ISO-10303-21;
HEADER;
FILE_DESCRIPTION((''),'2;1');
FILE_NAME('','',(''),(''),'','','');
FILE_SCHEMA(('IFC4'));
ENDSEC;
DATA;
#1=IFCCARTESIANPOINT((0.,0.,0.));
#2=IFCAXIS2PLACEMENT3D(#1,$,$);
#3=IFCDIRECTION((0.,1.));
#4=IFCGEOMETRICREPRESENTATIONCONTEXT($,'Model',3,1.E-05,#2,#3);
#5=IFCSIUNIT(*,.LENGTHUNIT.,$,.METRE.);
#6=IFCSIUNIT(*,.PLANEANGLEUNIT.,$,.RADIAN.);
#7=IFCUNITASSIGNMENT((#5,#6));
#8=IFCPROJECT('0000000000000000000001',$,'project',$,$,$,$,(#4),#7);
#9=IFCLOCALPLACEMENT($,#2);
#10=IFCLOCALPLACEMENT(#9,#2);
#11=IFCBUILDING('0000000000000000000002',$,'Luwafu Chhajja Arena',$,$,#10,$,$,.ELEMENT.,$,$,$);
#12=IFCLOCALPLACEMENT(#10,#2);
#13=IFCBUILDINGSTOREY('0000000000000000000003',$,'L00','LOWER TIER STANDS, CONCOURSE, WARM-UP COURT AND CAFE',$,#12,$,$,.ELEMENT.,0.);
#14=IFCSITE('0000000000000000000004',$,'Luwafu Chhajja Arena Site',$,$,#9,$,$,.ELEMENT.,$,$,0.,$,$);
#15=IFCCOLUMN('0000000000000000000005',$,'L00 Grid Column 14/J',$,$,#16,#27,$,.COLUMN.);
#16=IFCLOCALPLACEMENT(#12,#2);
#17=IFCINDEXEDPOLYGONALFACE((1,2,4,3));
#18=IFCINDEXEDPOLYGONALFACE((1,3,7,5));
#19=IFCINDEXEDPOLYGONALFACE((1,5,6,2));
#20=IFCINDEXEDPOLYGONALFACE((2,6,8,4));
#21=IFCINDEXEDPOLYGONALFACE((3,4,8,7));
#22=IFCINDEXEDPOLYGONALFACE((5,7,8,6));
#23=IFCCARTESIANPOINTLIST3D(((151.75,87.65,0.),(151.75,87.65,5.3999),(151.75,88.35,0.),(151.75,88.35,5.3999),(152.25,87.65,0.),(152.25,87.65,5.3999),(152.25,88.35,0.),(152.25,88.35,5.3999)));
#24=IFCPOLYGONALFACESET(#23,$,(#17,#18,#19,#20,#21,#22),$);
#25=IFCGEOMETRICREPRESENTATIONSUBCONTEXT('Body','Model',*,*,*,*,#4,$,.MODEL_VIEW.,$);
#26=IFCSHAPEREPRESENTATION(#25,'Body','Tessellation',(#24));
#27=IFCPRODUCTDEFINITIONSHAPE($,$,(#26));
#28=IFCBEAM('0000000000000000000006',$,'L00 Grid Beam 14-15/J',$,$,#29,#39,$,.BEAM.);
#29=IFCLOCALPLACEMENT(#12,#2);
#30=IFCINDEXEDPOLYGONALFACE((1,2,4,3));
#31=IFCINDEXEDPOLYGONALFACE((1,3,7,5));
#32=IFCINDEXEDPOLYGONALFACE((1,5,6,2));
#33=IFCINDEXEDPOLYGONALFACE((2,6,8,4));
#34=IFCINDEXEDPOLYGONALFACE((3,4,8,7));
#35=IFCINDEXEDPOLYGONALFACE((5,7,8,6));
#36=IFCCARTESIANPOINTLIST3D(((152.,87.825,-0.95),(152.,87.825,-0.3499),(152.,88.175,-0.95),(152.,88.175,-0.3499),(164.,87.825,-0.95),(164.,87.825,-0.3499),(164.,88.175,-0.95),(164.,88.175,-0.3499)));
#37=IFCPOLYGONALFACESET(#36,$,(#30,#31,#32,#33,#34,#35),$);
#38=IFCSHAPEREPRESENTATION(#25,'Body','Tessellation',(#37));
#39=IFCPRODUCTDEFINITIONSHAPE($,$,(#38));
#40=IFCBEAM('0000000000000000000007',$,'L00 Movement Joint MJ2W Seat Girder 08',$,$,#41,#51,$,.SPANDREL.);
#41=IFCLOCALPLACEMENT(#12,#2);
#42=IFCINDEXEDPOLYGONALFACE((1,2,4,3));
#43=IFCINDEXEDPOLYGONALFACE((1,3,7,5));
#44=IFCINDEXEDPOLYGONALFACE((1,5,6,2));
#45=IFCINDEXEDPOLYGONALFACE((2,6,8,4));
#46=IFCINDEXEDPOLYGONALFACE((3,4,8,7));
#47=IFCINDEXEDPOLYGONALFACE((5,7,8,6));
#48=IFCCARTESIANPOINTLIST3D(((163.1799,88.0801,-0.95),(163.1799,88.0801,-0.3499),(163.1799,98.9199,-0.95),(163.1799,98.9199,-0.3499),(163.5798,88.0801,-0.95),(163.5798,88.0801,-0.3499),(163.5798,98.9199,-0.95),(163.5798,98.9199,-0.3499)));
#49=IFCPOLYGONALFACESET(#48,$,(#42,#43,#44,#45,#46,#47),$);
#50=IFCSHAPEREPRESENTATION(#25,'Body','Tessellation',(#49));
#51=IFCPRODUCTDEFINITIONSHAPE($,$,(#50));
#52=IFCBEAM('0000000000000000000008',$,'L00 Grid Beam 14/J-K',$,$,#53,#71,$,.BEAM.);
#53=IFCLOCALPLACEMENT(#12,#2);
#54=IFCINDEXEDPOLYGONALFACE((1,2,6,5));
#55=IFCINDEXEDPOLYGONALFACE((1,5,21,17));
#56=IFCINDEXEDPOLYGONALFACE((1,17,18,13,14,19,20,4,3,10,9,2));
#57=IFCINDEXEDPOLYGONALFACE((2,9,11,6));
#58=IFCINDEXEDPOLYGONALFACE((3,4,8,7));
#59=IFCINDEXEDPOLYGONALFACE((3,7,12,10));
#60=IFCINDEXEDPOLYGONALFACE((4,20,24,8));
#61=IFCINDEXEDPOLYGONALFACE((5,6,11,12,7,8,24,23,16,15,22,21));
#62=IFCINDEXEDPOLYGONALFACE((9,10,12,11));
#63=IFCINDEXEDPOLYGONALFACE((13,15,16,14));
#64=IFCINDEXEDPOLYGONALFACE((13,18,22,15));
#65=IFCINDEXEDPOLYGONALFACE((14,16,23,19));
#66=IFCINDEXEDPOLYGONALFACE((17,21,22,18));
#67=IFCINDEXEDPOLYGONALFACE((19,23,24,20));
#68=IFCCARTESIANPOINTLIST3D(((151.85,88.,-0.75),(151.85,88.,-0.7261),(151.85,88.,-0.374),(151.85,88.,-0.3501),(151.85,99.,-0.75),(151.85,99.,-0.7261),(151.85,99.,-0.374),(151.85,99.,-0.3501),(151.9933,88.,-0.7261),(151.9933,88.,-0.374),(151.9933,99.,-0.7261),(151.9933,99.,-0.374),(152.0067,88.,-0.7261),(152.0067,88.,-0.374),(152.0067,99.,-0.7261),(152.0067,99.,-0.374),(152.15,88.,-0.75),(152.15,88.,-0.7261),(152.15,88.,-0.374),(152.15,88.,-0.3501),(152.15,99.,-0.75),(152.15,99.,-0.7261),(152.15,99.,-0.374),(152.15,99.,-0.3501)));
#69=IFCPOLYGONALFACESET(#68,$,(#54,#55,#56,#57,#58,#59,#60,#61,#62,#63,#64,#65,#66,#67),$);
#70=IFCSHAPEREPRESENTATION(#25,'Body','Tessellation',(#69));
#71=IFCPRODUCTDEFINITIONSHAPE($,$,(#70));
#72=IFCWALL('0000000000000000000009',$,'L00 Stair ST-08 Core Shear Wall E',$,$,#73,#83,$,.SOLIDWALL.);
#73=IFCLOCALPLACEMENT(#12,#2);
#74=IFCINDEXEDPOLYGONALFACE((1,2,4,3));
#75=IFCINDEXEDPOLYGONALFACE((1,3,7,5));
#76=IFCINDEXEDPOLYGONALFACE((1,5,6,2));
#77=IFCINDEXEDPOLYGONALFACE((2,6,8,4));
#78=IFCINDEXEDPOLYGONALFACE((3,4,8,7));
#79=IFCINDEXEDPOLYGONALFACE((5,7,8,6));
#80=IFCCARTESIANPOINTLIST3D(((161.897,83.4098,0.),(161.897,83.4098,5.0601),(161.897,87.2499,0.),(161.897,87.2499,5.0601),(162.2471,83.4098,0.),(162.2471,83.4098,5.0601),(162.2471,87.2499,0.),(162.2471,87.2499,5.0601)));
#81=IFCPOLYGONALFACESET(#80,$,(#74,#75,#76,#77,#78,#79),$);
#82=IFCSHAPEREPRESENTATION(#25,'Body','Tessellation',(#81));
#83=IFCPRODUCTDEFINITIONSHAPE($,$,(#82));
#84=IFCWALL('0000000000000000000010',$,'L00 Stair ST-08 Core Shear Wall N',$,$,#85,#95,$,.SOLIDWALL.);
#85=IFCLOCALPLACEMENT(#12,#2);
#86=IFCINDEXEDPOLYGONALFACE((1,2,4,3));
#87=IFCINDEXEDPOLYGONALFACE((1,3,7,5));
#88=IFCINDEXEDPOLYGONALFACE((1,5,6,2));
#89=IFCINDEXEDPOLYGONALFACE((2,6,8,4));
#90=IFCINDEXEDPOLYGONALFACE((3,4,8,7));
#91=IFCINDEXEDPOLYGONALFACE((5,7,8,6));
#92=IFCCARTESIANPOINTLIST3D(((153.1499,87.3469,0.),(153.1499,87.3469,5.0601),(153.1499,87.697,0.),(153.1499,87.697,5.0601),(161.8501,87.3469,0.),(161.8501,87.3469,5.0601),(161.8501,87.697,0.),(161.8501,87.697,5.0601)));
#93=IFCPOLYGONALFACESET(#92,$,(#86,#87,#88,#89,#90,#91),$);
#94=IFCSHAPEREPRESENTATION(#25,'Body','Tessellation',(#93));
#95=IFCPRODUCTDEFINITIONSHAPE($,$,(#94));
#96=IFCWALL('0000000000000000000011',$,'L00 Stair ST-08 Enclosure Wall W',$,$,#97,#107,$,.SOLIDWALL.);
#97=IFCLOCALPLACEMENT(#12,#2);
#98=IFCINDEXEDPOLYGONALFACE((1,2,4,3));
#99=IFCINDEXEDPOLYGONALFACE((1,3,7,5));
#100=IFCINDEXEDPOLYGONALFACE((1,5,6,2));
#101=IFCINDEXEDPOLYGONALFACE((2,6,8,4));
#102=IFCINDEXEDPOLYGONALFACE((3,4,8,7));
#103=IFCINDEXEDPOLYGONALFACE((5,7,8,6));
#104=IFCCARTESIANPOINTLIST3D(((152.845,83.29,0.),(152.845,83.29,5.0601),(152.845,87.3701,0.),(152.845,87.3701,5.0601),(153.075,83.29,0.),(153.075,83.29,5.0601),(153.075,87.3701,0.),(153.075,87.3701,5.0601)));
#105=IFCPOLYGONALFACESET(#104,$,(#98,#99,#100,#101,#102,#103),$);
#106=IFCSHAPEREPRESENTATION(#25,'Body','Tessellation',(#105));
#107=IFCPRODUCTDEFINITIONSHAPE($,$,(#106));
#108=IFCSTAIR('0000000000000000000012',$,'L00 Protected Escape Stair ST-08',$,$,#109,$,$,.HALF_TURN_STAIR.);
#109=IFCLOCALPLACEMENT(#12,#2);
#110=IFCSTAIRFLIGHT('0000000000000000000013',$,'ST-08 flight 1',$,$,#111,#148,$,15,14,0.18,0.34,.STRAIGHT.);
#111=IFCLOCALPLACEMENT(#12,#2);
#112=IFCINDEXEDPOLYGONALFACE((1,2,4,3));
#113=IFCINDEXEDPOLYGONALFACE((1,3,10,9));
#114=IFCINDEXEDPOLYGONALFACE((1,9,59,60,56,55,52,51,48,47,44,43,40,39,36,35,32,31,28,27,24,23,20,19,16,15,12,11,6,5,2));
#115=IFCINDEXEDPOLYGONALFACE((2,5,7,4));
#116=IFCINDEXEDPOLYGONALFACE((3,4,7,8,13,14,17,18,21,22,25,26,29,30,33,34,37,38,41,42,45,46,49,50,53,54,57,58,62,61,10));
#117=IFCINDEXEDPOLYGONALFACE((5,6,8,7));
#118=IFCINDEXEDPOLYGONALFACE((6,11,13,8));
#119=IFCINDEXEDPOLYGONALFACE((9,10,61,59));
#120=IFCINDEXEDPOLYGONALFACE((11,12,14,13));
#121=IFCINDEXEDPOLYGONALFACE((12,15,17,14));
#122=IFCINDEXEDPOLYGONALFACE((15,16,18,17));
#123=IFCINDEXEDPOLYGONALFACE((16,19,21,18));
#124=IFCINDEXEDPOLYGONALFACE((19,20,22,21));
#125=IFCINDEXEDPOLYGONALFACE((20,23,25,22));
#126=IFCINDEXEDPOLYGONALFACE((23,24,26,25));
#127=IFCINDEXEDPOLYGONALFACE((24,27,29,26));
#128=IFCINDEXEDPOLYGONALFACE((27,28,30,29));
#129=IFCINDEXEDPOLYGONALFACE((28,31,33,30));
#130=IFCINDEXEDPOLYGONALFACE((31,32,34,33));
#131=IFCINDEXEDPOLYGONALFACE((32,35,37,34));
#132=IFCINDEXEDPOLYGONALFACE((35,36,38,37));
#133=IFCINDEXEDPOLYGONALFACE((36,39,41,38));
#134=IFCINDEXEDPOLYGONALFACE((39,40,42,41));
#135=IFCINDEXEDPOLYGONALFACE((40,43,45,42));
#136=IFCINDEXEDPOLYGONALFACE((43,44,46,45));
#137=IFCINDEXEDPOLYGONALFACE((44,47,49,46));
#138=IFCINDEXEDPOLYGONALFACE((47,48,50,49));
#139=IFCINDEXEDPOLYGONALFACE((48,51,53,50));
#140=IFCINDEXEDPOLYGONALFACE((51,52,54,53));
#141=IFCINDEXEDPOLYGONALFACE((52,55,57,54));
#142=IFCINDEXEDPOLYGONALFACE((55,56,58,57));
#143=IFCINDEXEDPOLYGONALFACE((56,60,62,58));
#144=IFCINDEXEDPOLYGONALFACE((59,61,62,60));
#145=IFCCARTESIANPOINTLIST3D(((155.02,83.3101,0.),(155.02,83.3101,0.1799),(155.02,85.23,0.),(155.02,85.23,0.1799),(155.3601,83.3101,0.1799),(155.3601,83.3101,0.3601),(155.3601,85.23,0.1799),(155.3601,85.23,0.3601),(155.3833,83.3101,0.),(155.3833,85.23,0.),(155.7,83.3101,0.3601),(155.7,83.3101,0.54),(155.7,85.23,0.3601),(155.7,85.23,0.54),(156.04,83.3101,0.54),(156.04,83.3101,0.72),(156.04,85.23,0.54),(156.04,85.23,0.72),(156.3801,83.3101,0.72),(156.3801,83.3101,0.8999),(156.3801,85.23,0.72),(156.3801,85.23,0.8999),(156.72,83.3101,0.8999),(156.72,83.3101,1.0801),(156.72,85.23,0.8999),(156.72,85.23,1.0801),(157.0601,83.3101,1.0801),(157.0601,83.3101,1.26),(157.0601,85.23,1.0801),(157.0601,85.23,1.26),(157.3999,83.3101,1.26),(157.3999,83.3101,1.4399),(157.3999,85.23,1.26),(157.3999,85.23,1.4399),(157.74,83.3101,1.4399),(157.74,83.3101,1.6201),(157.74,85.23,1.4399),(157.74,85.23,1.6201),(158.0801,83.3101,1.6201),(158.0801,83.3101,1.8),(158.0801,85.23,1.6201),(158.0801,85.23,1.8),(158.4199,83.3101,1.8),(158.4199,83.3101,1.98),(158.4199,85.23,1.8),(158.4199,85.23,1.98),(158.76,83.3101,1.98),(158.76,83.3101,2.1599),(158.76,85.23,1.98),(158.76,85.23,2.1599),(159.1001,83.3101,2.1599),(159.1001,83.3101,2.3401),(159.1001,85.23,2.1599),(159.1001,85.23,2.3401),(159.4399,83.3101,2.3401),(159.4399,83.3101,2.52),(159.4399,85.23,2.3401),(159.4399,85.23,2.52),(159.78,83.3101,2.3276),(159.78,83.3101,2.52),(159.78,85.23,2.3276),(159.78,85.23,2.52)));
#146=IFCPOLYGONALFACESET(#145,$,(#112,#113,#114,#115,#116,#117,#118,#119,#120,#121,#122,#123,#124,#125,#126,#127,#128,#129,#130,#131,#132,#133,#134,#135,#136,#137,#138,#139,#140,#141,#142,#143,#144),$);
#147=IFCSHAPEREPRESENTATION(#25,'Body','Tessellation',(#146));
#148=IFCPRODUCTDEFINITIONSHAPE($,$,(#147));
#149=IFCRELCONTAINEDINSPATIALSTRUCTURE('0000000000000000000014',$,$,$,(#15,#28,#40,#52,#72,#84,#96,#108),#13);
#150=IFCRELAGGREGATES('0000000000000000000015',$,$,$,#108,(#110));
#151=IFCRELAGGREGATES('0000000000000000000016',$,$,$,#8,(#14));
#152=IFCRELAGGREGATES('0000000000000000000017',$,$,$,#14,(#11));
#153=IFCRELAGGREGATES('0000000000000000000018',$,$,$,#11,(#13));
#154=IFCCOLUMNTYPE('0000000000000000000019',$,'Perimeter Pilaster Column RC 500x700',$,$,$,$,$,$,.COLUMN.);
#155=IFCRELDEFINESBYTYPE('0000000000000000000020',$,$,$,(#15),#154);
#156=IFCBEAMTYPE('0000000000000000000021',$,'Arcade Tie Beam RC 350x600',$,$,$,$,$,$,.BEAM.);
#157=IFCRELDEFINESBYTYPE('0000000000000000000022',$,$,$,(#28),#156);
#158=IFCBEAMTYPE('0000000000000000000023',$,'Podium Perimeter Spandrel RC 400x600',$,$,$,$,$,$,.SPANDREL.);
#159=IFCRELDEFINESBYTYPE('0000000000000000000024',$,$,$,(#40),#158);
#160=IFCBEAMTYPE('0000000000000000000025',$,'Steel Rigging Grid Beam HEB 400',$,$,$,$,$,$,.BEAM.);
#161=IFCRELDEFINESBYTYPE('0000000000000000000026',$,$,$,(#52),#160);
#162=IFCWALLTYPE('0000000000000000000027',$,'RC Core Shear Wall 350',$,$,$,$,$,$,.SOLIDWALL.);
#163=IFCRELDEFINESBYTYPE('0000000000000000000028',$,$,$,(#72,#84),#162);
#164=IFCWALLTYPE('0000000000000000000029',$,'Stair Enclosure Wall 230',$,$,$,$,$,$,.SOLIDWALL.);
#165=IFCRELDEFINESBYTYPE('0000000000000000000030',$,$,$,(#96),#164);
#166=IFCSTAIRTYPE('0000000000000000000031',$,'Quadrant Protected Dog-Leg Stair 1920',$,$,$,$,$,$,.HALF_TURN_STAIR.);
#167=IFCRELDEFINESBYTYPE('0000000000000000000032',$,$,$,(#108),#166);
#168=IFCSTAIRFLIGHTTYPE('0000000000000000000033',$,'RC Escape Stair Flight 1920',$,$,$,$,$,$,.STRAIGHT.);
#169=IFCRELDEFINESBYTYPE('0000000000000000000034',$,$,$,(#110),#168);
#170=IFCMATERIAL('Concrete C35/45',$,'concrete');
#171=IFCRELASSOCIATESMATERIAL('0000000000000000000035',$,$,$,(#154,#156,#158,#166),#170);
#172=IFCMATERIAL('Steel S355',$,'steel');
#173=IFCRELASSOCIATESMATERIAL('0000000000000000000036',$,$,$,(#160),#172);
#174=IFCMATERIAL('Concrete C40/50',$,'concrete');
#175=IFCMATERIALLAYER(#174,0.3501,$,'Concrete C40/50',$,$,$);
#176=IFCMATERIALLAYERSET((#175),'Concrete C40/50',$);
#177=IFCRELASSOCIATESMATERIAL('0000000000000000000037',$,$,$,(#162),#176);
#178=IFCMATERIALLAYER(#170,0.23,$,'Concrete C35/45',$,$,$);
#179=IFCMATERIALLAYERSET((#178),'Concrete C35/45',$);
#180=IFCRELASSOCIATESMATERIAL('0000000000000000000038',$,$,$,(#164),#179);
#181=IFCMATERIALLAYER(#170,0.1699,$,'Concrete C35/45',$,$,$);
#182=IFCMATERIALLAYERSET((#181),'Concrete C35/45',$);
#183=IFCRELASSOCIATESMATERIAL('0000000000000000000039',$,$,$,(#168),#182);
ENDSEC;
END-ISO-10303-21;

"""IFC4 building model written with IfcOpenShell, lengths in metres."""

from ifc_helpers import new_model, si_unit, direction, frame, frame_2d, origin, origin_2d, place, context, subcontext, project, spatial, polyline, rectangle, i_section, outline, extrude, material, layer, layer_set, material_profile, profile_set, type_object, element, aggregate, save


model = new_model("IFC4")

# Units and contexts
model_context = context("Model", 3, precision=1e-05, world=origin(), true_north=direction((0.0, 1.0)))
body_context = subcontext(model_context, "Body", "Model", "MODEL_VIEW")
ifc_project = project(units=[si_unit("LENGTHUNIT", "METRE"), si_unit("PLANEANGLEUNIT", "RADIAN")], contexts=[model_context])

# Site, building, storey
site_placement = place(None, origin())
site = spatial("IfcSite", under=ifc_project, at=site_placement, Name="Luwafu Chhajja Arena Site", CompositionType="ELEMENT", RefElevation=0.0)
building_placement = place(site_placement, origin())
building = spatial("IfcBuilding", under=site, at=building_placement, Name="Luwafu Chhajja Arena", CompositionType="ELEMENT")
storey_placement = place(building_placement, origin())
storey = spatial("IfcBuildingStorey", under=building, at=storey_placement, Name="L00", Description="LOWER TIER STANDS, CONCOURSE, WARM-UP COURT AND CAFE", CompositionType="ELEMENT", Elevation=0.0)

# Column
ifc_material_1 = material(Name="Concrete C35/45", Category="concrete")
ifc_material_profile_1 = material_profile(ifc_material_1, rectangle(XDim=0.5, YDim=0.7, at=origin_2d()), Name="RC 500x700")
ifc_profile_set_1 = profile_set([ifc_material_profile_1], Name="Concrete C35/45")
column_type = type_object("IfcColumnType", Name="Perimeter Pilaster Column RC 500x700", PredefinedType="COLUMN", material=ifc_profile_set_1)
column_placement = place(storey_placement, frame((152.0, 88.0, 0.0), z_axis=(0.0, 0.0, 1.0), x_axis=(1.0, 0.0, 0.0)))
element("IfcColumn", 1, at=column_placement, inside=storey, type_object=column_type, Name="L00 Grid Column 14/J", PredefinedType="COLUMN", context=body_context, shape_type="SweptSolid", body=[
    extrude(rectangle(XDim=0.5, YDim=0.7, at=origin_2d()), origin(), (0.0, 0.0, 1.0), 5.3999),
])

# Beams
ifc_material_profile_2 = material_profile(ifc_material_1, rectangle(XDim=0.3501, YDim=0.6001, at=origin_2d()), Name="RC 350x600")
ifc_profile_set_2 = profile_set([ifc_material_profile_2], Name="Concrete C35/45")
beam_type_1 = type_object("IfcBeamType", Name="Arcade Tie Beam RC 350x600", PredefinedType="BEAM", material=ifc_profile_set_2)
beam_1_placement = place(storey_placement, frame((152.0, 88.0, -0.6499), z_axis=(1.0, 0.0, 0.0), x_axis=(0.0, 1.0, 0.0)))
element("IfcBeam", 2, at=beam_1_placement, inside=storey, type_object=beam_type_1, Name="L00 Grid Beam 14-15/J", PredefinedType="BEAM", context=body_context, shape_type="SweptSolid", body=[
    extrude(rectangle(XDim=0.3501, YDim=0.6001, at=origin_2d()), origin(), (0.0, 0.0, 1.0), 12.0),
])
ifc_material_profile_3 = material_profile(ifc_material_1, rectangle(XDim=0.3999, YDim=0.6001, at=origin_2d()), Name="RC 400x600")
ifc_profile_set_3 = profile_set([ifc_material_profile_3], Name="Concrete C35/45")
beam_type_2 = type_object("IfcBeamType", Name="Podium Perimeter Spandrel RC 400x600", PredefinedType="SPANDREL", material=ifc_profile_set_3)
beam_2_placement = place(storey_placement, frame((163.3799, 88.0801, -0.6499), z_axis=(0.0, 1.0, 0.0), x_axis=(-1.0, 0.0, 0.0)))
element("IfcBeam", 3, at=beam_2_placement, inside=storey, type_object=beam_type_2, Name="L00 Movement Joint MJ2W Seat Girder 08", PredefinedType="SPANDREL", context=body_context, shape_type="SweptSolid", body=[
    extrude(rectangle(XDim=0.3999, YDim=0.6001, at=origin_2d()), origin(), (0.0, 0.0, 1.0), 10.8398),
])
ifc_material_2 = material(Name="Steel S355", Category="steel")
ifc_material_profile_4 = material_profile(ifc_material_2, i_section(OverallWidth=0.3, OverallDepth=0.3999, WebThickness=0.0134, FlangeThickness=0.0239, at=origin_2d()), Name="HEB 400")
ifc_profile_set_4 = profile_set([ifc_material_profile_4], Name="Steel S355")
beam_type_3 = type_object("IfcBeamType", Name="Steel Rigging Grid Beam HEB 400", PredefinedType="BEAM", material=ifc_profile_set_4)
beam_3_placement = place(storey_placement, frame((152.0, 88.0, -0.55), z_axis=(0.0, 1.0, 0.0), x_axis=(-1.0, 0.0, 0.0)))
element("IfcBeam", 4, at=beam_3_placement, inside=storey, type_object=beam_type_3, Name="L00 Grid Beam 14/J-K", PredefinedType="BEAM", context=body_context, shape_type="SweptSolid", body=[
    extrude(i_section(OverallWidth=0.3, OverallDepth=0.3999, WebThickness=0.0134, FlangeThickness=0.0239, at=origin_2d()), origin(), (0.0, 0.0, 1.0), 11.0),
])

# Walls
ifc_material_3 = material(Name="Concrete C40/50", Category="concrete")
ifc_layer_1 = layer(ifc_material_3, 0.3501, Name="Concrete C40/50")
ifc_layer_set_1 = layer_set([ifc_layer_1], Name="Concrete C40/50")
wall_type_1 = type_object("IfcWallType", Name="RC Core Shear Wall 350", PredefinedType="SOLIDWALL", material=ifc_layer_set_1)
wall_1_placement = place(storey_placement, frame((162.072, 83.4099, 0.0), z_axis=(0.0, 0.0, 1.0), x_axis=(0.0, 1.0, 0.0)))
element("IfcWall", 5, at=wall_1_placement, inside=storey, type_object=wall_type_1, Name="L00 Stair ST-08 Core Shear Wall E", PredefinedType="SOLIDWALL", context=body_context, shape_type="SweptSolid", body=[
    extrude(rectangle(XDim=3.8401, YDim=0.3501, at=frame_2d((1.9199, 0.0))), origin(), (0.0, 0.0, 1.0), 5.0601),
])
wall_2_placement = place(storey_placement, frame((153.1499, 87.522, 0.0), z_axis=(0.0, 0.0, 1.0), x_axis=(1.0, 0.0, 0.0)))
element("IfcWall", 6, at=wall_2_placement, inside=storey, type_object=wall_type_1, Name="L00 Stair ST-08 Core Shear Wall N", PredefinedType="SOLIDWALL", context=body_context, shape_type="SweptSolid", body=[
    extrude(rectangle(XDim=8.7002, YDim=0.3501, at=frame_2d((4.3501, 0.0))), origin(), (0.0, 0.0, 1.0), 5.0601),
])
ifc_layer_2 = layer(ifc_material_1, 0.23, Name="Concrete C35/45")
ifc_layer_set_2 = layer_set([ifc_layer_2], Name="Concrete C35/45")
wall_type_2 = type_object("IfcWallType", Name="Stair Enclosure Wall 230", PredefinedType="SOLIDWALL", material=ifc_layer_set_2)
wall_3_placement = place(storey_placement, frame((152.96, 83.29, 0.0), z_axis=(0.0, 0.0, 1.0), x_axis=(0.0, 1.0, 0.0)))
element("IfcWall", 7, at=wall_3_placement, inside=storey, type_object=wall_type_2, Name="L00 Stair ST-08 Enclosure Wall W", PredefinedType="SOLIDWALL", context=body_context, shape_type="SweptSolid", body=[
    extrude(rectangle(XDim=4.0801, YDim=0.23, at=frame_2d((2.04, 0.0))), origin(), (0.0, 0.0, 1.0), 5.0601),
])

# Stair, stair flight
stair_type = type_object("IfcStairType", Name="Quadrant Protected Dog-Leg Stair 1920", PredefinedType="HALF_TURN_STAIR", material=ifc_material_1)
stair_placement = place(storey_placement, origin())
stair = element("IfcStair", 8, at=stair_placement, inside=storey, type_object=stair_type, Name="L00 Protected Escape Stair ST-08", PredefinedType="HALF_TURN_STAIR")
ifc_layer_3 = layer(ifc_material_1, 0.1699, Name="Concrete C35/45")
ifc_layer_set_3 = layer_set([ifc_layer_3], Name="Concrete C35/45")
stair_flight_type = type_object("IfcStairFlightType", Name="RC Escape Stair Flight 1920", PredefinedType="STRAIGHT", material=ifc_layer_set_3)
stair_flight_1_placement = place(storey_placement, frame((155.02, 84.27, 0.0), z_axis=(0.0, 0.0, 1.0), x_axis=(1.0, 0.0, 0.0)))
stair_flight_1 = element("IfcStairFlight", 9, at=stair_flight_1_placement, type_object=stair_flight_type, Name="ST-08 flight 1", NumberOfRisers=15, NumberOfTreads=14, PredefinedType="STRAIGHT", RiserHeight=0.18, TreadLength=0.34, context=body_context, shape_type="SweptSolid", body=[
    extrude(outline(polyline([(0.0, 0.0), (0.0, 0.1799), (0.3401, 0.1799), (0.3401, 0.3601), (0.6799, 0.3601), (0.6799, 0.54), (1.02, 0.54), (1.02, 0.72), (1.3601, 0.72), (1.3601, 0.8999), (1.7, 0.8999), (1.7, 1.0801), (2.04, 1.0801), (2.04, 1.26), (2.3799, 1.26), (2.3799, 1.4399), (2.72, 1.4399), (2.72, 1.6201), (3.0601, 1.6201), (3.0601, 1.8), (3.3999, 1.8), (3.3999, 1.98), (3.74, 1.98), (3.74, 2.1599), (4.0801, 2.1599), (4.0801, 2.3401), (4.4199, 2.3401), (4.4199, 2.52), (4.76, 2.52), (4.76, 2.7), (4.76, 2.3276), (0.3633, 0.0), (0.0, 0.0)])), frame((0.0, 0.96, 0.0), z_axis=(0.0, -1.0, 0.0), x_axis=(1.0, 0.0, 0.0)), (0.0, 0.0, 1.0), 1.9199),
])
aggregate(stair, [stair_flight_1])

save(model, "model.ifc")
